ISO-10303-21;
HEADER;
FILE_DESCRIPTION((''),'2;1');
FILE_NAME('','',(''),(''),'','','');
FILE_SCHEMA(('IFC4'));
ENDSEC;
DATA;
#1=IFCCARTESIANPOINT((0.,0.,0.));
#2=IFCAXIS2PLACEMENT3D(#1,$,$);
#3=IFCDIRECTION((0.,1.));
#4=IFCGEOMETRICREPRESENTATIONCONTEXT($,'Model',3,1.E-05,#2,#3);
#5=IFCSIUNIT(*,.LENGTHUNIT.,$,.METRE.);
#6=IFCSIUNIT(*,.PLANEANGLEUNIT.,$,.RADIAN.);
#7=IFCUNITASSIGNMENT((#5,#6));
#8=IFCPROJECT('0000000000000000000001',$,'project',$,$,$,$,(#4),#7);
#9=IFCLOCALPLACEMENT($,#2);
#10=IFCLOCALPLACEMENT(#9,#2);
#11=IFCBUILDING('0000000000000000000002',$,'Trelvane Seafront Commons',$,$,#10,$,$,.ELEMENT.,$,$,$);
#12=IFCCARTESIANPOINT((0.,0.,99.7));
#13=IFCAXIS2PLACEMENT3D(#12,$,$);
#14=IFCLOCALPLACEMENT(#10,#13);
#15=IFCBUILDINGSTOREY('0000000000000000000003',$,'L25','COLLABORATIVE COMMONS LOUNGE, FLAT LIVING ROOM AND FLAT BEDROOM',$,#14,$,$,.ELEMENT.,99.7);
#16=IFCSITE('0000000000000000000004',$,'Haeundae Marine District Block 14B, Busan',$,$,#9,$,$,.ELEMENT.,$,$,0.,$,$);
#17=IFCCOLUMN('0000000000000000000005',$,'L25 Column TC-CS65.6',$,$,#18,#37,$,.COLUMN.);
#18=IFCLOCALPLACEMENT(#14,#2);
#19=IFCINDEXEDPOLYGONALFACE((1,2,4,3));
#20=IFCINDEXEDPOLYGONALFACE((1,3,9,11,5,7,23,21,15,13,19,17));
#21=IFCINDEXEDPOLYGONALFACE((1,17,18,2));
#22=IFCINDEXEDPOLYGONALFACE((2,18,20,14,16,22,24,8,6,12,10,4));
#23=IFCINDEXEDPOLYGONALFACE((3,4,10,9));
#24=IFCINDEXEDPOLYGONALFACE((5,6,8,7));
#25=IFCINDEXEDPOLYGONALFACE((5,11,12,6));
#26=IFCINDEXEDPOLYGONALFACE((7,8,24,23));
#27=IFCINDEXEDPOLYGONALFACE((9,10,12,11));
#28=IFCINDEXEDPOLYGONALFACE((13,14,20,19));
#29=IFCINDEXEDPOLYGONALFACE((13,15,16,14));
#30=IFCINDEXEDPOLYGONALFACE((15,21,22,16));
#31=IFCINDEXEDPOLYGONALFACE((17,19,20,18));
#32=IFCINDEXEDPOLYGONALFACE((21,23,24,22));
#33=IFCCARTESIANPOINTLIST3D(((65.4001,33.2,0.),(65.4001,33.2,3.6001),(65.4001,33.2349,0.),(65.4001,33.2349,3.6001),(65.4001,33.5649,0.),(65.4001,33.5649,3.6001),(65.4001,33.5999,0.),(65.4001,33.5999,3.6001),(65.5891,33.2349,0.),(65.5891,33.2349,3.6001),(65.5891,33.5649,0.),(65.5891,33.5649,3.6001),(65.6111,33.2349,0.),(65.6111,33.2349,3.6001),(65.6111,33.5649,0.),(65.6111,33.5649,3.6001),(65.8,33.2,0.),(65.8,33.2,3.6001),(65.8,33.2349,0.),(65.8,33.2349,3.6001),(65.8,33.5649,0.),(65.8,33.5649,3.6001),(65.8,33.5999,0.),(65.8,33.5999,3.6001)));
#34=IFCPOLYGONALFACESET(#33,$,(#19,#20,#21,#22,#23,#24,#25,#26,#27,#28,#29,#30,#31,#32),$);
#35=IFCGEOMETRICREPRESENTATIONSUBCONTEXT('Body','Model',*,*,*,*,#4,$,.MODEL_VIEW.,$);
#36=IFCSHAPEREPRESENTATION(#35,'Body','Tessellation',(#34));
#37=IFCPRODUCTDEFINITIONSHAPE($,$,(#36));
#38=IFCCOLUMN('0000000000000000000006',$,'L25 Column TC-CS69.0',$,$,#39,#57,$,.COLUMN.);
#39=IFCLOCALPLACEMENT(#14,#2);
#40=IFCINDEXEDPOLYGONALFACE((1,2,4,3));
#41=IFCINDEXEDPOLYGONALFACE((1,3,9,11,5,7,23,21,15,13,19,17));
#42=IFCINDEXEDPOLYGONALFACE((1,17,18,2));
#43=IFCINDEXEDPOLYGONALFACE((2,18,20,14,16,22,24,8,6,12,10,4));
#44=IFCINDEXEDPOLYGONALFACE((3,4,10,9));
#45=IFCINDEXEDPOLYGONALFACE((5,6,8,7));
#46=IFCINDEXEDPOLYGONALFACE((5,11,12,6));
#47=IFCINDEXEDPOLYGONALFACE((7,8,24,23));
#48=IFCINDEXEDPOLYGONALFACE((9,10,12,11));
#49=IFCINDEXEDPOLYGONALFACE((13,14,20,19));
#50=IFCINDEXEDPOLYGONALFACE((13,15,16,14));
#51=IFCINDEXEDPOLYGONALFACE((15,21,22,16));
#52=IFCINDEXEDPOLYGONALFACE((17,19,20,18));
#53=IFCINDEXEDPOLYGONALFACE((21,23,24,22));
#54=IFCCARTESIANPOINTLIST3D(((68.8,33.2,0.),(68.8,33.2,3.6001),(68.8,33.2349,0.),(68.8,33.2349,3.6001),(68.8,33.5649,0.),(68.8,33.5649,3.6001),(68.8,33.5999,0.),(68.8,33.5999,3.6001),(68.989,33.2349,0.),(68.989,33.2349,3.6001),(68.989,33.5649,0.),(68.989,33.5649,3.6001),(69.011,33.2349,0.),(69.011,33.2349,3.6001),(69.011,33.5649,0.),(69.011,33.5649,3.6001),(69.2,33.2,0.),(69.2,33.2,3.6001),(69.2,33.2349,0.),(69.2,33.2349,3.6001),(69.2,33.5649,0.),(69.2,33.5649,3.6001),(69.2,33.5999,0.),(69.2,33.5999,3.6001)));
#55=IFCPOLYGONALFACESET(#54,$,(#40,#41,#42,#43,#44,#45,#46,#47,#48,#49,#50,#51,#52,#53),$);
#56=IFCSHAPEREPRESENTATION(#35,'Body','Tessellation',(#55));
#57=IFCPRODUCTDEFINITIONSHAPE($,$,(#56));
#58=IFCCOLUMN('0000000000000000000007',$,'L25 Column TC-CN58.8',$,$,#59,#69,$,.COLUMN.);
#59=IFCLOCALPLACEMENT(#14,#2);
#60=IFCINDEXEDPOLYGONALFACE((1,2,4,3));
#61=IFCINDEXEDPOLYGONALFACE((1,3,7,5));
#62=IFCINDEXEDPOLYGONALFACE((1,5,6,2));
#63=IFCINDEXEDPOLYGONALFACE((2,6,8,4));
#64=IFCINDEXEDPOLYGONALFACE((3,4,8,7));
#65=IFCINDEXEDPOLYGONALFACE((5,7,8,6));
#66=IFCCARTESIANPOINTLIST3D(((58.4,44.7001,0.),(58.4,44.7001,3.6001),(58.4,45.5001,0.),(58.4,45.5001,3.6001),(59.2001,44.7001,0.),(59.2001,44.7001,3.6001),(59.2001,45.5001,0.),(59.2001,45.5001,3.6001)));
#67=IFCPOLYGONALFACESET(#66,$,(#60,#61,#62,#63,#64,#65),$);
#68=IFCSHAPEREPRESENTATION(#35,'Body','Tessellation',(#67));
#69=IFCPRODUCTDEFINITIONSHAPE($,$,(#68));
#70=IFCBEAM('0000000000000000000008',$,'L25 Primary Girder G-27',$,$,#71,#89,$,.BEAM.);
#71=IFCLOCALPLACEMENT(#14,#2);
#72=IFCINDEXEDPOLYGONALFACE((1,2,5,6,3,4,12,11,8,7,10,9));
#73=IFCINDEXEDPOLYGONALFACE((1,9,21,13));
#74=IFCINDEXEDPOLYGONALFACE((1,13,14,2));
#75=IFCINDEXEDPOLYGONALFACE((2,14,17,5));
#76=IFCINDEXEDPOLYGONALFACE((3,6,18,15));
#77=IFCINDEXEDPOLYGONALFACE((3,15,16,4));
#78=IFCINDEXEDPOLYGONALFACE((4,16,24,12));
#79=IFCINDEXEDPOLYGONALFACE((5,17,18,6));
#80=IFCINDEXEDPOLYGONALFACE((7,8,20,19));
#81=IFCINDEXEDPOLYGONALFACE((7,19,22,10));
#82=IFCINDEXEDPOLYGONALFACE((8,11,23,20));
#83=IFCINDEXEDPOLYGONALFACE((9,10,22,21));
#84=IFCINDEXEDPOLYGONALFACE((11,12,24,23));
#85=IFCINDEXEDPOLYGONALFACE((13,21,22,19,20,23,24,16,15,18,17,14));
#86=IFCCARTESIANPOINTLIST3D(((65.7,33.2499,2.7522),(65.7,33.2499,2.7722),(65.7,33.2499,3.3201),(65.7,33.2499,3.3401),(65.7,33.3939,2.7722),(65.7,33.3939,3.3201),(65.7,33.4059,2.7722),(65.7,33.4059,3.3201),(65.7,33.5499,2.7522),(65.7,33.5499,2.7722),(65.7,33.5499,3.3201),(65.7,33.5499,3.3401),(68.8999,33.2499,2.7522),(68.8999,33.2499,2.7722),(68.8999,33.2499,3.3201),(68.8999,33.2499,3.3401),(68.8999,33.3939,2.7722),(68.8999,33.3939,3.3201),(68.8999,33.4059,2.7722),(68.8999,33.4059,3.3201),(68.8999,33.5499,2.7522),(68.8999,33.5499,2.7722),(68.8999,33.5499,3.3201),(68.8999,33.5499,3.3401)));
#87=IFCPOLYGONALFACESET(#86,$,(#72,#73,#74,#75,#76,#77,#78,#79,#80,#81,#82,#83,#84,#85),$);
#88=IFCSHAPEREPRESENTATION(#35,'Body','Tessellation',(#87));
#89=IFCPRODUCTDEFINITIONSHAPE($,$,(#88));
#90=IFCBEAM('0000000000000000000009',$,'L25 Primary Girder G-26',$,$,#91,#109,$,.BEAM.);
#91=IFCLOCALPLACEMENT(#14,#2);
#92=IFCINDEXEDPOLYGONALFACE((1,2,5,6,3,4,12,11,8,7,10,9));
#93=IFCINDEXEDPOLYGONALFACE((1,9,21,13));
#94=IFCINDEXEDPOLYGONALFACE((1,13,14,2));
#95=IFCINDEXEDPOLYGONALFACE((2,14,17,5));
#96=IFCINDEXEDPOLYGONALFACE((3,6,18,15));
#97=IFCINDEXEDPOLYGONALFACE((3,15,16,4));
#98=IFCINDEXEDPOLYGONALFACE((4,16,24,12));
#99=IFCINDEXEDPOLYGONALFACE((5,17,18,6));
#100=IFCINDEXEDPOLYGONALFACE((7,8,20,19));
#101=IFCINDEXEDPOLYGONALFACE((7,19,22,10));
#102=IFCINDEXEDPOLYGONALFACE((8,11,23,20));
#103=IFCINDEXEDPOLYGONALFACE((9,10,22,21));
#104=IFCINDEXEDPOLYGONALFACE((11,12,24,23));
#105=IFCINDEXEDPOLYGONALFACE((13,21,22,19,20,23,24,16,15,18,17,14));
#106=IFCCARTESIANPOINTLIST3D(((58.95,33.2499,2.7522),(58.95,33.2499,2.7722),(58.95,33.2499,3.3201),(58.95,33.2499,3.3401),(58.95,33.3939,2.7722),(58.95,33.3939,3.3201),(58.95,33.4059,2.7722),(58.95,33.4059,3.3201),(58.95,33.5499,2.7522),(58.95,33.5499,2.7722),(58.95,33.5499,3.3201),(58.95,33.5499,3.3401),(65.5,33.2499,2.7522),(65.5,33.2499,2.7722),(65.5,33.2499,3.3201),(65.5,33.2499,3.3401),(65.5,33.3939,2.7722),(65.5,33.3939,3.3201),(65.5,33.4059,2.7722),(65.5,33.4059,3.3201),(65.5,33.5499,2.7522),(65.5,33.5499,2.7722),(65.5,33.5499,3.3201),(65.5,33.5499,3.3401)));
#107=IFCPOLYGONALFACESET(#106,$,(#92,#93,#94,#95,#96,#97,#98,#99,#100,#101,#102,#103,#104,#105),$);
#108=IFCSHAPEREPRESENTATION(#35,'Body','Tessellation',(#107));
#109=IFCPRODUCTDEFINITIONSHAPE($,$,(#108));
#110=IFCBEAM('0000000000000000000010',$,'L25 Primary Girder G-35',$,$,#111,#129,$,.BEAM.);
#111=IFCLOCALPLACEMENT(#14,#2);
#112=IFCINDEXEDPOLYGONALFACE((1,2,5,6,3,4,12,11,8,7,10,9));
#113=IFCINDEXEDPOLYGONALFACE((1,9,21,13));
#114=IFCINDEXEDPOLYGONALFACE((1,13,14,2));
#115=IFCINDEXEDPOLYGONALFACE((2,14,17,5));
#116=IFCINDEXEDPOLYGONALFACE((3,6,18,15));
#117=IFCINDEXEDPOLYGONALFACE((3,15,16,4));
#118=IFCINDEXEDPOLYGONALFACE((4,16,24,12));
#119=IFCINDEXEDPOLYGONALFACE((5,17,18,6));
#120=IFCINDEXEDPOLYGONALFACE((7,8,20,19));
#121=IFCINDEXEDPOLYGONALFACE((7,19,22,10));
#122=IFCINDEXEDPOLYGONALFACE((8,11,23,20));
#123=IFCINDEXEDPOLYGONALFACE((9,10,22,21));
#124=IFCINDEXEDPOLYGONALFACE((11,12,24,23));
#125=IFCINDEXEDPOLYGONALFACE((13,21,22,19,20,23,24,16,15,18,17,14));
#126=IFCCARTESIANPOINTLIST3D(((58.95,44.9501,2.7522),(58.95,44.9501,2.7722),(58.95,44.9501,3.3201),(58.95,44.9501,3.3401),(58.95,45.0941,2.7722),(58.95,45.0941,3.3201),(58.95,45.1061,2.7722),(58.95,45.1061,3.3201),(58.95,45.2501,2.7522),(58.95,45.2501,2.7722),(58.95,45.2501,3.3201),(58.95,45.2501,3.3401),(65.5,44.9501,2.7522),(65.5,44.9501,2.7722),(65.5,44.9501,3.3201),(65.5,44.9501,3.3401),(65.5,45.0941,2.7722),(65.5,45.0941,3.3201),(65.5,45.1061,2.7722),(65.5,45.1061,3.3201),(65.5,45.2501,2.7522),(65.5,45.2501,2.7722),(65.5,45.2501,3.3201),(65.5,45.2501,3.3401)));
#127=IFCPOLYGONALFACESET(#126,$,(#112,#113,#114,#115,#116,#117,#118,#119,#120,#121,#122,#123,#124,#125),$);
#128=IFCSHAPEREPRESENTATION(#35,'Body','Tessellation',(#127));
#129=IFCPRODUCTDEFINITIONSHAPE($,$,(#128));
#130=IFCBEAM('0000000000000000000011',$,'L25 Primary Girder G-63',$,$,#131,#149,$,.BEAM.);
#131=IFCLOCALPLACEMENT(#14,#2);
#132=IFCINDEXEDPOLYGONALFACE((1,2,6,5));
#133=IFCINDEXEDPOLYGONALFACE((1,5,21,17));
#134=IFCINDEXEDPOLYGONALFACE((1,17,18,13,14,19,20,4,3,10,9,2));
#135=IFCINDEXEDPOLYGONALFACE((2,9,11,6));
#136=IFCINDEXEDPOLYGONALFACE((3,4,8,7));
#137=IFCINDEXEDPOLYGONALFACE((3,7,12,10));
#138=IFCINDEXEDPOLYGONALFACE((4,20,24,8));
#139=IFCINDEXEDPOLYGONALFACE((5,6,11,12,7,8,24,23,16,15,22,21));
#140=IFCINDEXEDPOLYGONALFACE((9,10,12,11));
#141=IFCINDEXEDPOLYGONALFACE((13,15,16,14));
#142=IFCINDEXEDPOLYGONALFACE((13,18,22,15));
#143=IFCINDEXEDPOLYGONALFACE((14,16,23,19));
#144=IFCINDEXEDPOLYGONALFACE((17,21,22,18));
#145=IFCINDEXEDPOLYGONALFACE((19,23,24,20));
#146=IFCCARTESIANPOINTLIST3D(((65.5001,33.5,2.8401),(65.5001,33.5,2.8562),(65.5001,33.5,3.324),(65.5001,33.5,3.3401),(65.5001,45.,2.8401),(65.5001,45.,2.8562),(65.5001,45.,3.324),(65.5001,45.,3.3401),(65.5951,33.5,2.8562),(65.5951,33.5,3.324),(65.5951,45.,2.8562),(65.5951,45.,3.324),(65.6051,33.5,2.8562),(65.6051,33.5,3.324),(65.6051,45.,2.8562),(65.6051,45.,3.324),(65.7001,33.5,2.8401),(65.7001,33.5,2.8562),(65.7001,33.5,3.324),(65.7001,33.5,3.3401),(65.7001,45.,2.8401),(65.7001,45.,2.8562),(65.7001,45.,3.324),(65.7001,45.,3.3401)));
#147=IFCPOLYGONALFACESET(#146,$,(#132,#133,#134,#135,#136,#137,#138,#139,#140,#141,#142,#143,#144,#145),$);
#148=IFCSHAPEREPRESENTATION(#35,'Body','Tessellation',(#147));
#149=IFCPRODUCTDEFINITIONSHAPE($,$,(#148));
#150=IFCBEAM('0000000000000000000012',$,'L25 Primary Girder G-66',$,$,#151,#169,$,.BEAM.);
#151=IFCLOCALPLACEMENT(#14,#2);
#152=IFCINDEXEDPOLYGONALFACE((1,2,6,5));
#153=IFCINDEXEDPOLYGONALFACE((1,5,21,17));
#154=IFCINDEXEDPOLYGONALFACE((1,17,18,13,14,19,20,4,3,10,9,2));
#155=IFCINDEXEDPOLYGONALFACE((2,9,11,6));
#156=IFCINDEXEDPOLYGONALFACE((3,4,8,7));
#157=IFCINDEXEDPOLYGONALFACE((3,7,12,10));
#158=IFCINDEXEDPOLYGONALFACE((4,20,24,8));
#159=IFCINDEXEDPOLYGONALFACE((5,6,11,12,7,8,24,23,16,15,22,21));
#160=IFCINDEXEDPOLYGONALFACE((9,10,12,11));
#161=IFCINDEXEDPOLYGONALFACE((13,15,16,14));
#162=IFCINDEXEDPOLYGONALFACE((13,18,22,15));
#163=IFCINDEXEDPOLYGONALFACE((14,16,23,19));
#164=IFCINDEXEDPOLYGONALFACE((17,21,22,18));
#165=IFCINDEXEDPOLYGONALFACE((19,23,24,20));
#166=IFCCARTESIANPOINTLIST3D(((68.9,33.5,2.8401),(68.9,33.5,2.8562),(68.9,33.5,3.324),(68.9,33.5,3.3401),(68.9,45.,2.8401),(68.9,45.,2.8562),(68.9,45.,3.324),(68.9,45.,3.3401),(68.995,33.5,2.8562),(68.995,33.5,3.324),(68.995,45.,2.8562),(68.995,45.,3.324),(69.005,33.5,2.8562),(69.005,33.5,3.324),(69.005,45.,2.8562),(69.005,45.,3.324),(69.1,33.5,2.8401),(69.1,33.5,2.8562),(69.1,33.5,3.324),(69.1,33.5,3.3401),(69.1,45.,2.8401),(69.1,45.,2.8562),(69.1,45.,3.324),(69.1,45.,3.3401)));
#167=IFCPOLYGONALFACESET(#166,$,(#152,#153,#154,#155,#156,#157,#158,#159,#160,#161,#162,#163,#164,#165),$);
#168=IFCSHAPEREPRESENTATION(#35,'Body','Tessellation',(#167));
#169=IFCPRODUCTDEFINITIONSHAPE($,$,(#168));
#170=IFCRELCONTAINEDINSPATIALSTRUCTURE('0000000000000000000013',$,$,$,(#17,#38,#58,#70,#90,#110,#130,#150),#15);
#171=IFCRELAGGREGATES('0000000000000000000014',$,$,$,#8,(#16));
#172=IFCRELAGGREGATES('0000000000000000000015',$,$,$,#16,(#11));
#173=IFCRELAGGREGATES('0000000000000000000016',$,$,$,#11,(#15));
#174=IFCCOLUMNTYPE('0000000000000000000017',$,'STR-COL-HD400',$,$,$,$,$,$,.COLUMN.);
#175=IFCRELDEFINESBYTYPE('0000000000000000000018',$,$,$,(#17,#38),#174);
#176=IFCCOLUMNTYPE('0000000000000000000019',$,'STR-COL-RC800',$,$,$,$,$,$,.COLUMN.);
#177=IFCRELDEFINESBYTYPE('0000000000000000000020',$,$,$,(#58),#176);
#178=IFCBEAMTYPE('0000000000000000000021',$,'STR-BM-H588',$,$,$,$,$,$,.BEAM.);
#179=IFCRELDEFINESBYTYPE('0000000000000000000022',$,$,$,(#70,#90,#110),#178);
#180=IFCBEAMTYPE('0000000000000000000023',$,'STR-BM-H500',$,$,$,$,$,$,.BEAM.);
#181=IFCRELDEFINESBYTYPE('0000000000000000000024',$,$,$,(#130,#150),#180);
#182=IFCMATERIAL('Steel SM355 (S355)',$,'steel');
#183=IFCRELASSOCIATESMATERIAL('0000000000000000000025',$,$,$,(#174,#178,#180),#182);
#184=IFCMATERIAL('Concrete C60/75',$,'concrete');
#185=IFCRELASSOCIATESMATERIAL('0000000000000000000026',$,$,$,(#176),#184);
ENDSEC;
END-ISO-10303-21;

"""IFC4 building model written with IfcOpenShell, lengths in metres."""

from ifc_helpers import new_model, si_unit, direction, frame, origin, origin_2d, place, context, subcontext, project, spatial, rectangle, i_section, extrude, source, transform, mapped, material, material_profile, profile_set, type_object, element, save


model = new_model("IFC4")

# Units and contexts
model_context = context("Model", 3, precision=1e-05, world=origin(), true_north=direction((0.0, 1.0)))
body_context = subcontext(model_context, "Body", "Model", "MODEL_VIEW")
ifc_project = project(units=[si_unit("LENGTHUNIT", "METRE"), si_unit("PLANEANGLEUNIT", "RADIAN")], contexts=[model_context])

# Site, building, storey
site_placement = place(None, origin())
site = spatial("IfcSite", under=ifc_project, at=site_placement, Name="Haeundae Marine District Block 14B, Busan", CompositionType="ELEMENT", RefElevation=0.0)
building_placement = place(site_placement, origin())
building = spatial("IfcBuilding", under=site, at=building_placement, Name="Trelvane Seafront Commons", CompositionType="ELEMENT")
storey_placement = place(building_placement, frame((0.0, 0.0, 99.7)))
storey = spatial("IfcBuildingStorey", under=building, at=storey_placement, Name="L25", Description="COLLABORATIVE COMMONS LOUNGE, FLAT LIVING ROOM AND FLAT BEDROOM", CompositionType="ELEMENT", Elevation=99.7)

# Columns
ifc_material_1 = material(Name="Steel SM355 (S355)", Category="steel")
ifc_material_profile_1 = material_profile(ifc_material_1, i_section(OverallWidth=0.3999, OverallDepth=0.3999, WebThickness=0.022, FlangeThickness=0.0349, at=origin_2d()), Name="HD-400x400x22x35")
ifc_profile_set_1 = profile_set([ifc_material_profile_1], Name="Steel SM355 (S355)")
column_type_1 = type_object("IfcColumnType", Name="STR-COL-HD400", PredefinedType="COLUMN", material=ifc_profile_set_1)
shared_shape_1 = source(origin(), body_context, "Body", "SweptSolid", [
    extrude(i_section(OverallWidth=0.3999, OverallDepth=0.3999, WebThickness=0.022, FlangeThickness=0.0349, at=origin_2d()), origin(), (0.0, 0.0, 1.0), 3.6001),
])
for number, where, z_axis, x_axis, name in (
    (1, (65.6001, 33.3999, 0.0), (0.0, 0.0, 1.0), (1.0, 0.0, 0.0), "L25 Column TC-CS65.6"),
    (2, (69.0, 33.3999, 0.0), (0.0, 0.0, 1.0), (1.0, 0.0, 0.0), "L25 Column TC-CS69.0"),
):
    element("IfcColumn", number, at=place(storey_placement, frame(where, z_axis=z_axis, x_axis=x_axis)), inside=storey, type_object=column_type_1, Name=name, PredefinedType="COLUMN", context=body_context, shape_type="MappedRepresentation", body=[
        mapped(shared_shape_1, transform((0.0, 0.0, 0.0), x_axis=(1.0, 0.0, 0.0), y_axis=(0.0, 1.0, 0.0), z_axis=(0.0, 0.0, 1.0), scale=1.0)),
    ])
ifc_material_2 = material(Name="Concrete C60/75", Category="concrete")
ifc_material_profile_2 = material_profile(ifc_material_2, rectangle(XDim=0.8, YDim=0.8, at=origin_2d()), Name="RC-800x800")
ifc_profile_set_2 = profile_set([ifc_material_profile_2], Name="Concrete C60/75")
column_type_2 = type_object("IfcColumnType", Name="STR-COL-RC800", PredefinedType="COLUMN", material=ifc_profile_set_2)
shared_shape_2 = source(origin(), body_context, "Body", "SweptSolid", [
    extrude(rectangle(XDim=0.8, YDim=0.8, at=origin_2d()), origin(), (0.0, 0.0, 1.0), 3.6001),
])
column_placement = place(storey_placement, frame((58.8, 45.1001, 0.0), z_axis=(0.0, 0.0, 1.0), x_axis=(1.0, 0.0, 0.0)))
element("IfcColumn", 3, at=column_placement, inside=storey, type_object=column_type_2, Name="L25 Column TC-CN58.8", PredefinedType="COLUMN", context=body_context, shape_type="MappedRepresentation", body=[
    mapped(shared_shape_2, transform((0.0, 0.0, 0.0), x_axis=(1.0, 0.0, 0.0), y_axis=(0.0, 1.0, 0.0), z_axis=(0.0, 0.0, 1.0), scale=1.0)),
])

# Beams
ifc_material_profile_3 = material_profile(ifc_material_1, i_section(OverallWidth=0.3, OverallDepth=0.5879, WebThickness=0.012, FlangeThickness=0.02, at=origin_2d()), Name="H-588x300x12x20")
ifc_profile_set_3 = profile_set([ifc_material_profile_3], Name="Steel SM355 (S355)")
beam_type_1 = type_object("IfcBeamType", Name="STR-BM-H588", PredefinedType="BEAM", material=ifc_profile_set_3)
shared_shape_3 = source(origin(), body_context, "Body", "SweptSolid", [
    extrude(i_section(OverallWidth=0.3, OverallDepth=0.5879, WebThickness=0.012, FlangeThickness=0.02, at=origin_2d()), origin(), (0.0, 0.0, 1.0), 3.2),
])
beam_1_placement = place(storey_placement, frame((65.7, 33.3999, 3.0461), z_axis=(1.0, 0.0, 0.0), x_axis=(0.0, 1.0, 0.0)))
element("IfcBeam", 4, at=beam_1_placement, inside=storey, type_object=beam_type_1, Name="L25 Primary Girder G-27", PredefinedType="BEAM", context=body_context, shape_type="MappedRepresentation", body=[
    mapped(shared_shape_3, transform((0.0, 0.0, 0.0), x_axis=(1.0, 0.0, 0.0), y_axis=(0.0, 1.0, 0.0), z_axis=(0.0, 0.0, 1.0), scale=1.0)),
])
shared_shape_4 = source(origin(), body_context, "Body", "SweptSolid", [
    extrude(i_section(OverallWidth=0.3, OverallDepth=0.5879, WebThickness=0.012, FlangeThickness=0.02, at=origin_2d()), origin(), (0.0, 0.0, 1.0), 6.55),
])
for number, where, z_axis, x_axis, name in (
    (5, (58.95, 33.3999, 3.0461), (1.0, 0.0, 0.0), (0.0, 1.0, 0.0), "L25 Primary Girder G-26"),
    (6, (58.95, 45.1001, 3.0461), (1.0, 0.0, 0.0), (0.0, 1.0, 0.0), "L25 Primary Girder G-35"),
):
    element("IfcBeam", number, at=place(storey_placement, frame(where, z_axis=z_axis, x_axis=x_axis)), inside=storey, type_object=beam_type_1, Name=name, PredefinedType="BEAM", context=body_context, shape_type="MappedRepresentation", body=[
        mapped(shared_shape_4, transform((0.0, 0.0, 0.0), x_axis=(1.0, 0.0, 0.0), y_axis=(0.0, 1.0, 0.0), z_axis=(0.0, 0.0, 1.0), scale=1.0)),
    ])
ifc_material_profile_4 = material_profile(ifc_material_1, i_section(OverallWidth=0.2, OverallDepth=0.5, WebThickness=0.01, FlangeThickness=0.0161, at=origin_2d()), Name="H-500x200x10x16")
ifc_profile_set_4 = profile_set([ifc_material_profile_4], Name="Steel SM355 (S355)")
beam_type_2 = type_object("IfcBeamType", Name="STR-BM-H500", PredefinedType="BEAM", material=ifc_profile_set_4)
shared_shape_5 = source(origin(), body_context, "Body", "SweptSolid", [
    extrude(i_section(OverallWidth=0.2, OverallDepth=0.5, WebThickness=0.01, FlangeThickness=0.0161, at=origin_2d()), origin(), (0.0, 0.0, 1.0), 11.5),
])
for number, where, z_axis, x_axis, name in (
    (7, (65.6001, 33.5, 3.0901), (0.0, 1.0, 0.0), (-1.0, 0.0, 0.0), "L25 Primary Girder G-63"),
    (8, (69.0, 33.5, 3.0901), (0.0, 1.0, 0.0), (-1.0, 0.0, 0.0), "L25 Primary Girder G-66"),
):
    element("IfcBeam", number, at=place(storey_placement, frame(where, z_axis=z_axis, x_axis=x_axis)), inside=storey, type_object=beam_type_2, Name=name, PredefinedType="BEAM", context=body_context, shape_type="MappedRepresentation", body=[
        mapped(shared_shape_5, transform((0.0, 0.0, 0.0), x_axis=(1.0, 0.0, 0.0), y_axis=(0.0, 1.0, 0.0), z_axis=(0.0, 0.0, 1.0), scale=1.0)),
    ])

save(model, "model.ifc")
